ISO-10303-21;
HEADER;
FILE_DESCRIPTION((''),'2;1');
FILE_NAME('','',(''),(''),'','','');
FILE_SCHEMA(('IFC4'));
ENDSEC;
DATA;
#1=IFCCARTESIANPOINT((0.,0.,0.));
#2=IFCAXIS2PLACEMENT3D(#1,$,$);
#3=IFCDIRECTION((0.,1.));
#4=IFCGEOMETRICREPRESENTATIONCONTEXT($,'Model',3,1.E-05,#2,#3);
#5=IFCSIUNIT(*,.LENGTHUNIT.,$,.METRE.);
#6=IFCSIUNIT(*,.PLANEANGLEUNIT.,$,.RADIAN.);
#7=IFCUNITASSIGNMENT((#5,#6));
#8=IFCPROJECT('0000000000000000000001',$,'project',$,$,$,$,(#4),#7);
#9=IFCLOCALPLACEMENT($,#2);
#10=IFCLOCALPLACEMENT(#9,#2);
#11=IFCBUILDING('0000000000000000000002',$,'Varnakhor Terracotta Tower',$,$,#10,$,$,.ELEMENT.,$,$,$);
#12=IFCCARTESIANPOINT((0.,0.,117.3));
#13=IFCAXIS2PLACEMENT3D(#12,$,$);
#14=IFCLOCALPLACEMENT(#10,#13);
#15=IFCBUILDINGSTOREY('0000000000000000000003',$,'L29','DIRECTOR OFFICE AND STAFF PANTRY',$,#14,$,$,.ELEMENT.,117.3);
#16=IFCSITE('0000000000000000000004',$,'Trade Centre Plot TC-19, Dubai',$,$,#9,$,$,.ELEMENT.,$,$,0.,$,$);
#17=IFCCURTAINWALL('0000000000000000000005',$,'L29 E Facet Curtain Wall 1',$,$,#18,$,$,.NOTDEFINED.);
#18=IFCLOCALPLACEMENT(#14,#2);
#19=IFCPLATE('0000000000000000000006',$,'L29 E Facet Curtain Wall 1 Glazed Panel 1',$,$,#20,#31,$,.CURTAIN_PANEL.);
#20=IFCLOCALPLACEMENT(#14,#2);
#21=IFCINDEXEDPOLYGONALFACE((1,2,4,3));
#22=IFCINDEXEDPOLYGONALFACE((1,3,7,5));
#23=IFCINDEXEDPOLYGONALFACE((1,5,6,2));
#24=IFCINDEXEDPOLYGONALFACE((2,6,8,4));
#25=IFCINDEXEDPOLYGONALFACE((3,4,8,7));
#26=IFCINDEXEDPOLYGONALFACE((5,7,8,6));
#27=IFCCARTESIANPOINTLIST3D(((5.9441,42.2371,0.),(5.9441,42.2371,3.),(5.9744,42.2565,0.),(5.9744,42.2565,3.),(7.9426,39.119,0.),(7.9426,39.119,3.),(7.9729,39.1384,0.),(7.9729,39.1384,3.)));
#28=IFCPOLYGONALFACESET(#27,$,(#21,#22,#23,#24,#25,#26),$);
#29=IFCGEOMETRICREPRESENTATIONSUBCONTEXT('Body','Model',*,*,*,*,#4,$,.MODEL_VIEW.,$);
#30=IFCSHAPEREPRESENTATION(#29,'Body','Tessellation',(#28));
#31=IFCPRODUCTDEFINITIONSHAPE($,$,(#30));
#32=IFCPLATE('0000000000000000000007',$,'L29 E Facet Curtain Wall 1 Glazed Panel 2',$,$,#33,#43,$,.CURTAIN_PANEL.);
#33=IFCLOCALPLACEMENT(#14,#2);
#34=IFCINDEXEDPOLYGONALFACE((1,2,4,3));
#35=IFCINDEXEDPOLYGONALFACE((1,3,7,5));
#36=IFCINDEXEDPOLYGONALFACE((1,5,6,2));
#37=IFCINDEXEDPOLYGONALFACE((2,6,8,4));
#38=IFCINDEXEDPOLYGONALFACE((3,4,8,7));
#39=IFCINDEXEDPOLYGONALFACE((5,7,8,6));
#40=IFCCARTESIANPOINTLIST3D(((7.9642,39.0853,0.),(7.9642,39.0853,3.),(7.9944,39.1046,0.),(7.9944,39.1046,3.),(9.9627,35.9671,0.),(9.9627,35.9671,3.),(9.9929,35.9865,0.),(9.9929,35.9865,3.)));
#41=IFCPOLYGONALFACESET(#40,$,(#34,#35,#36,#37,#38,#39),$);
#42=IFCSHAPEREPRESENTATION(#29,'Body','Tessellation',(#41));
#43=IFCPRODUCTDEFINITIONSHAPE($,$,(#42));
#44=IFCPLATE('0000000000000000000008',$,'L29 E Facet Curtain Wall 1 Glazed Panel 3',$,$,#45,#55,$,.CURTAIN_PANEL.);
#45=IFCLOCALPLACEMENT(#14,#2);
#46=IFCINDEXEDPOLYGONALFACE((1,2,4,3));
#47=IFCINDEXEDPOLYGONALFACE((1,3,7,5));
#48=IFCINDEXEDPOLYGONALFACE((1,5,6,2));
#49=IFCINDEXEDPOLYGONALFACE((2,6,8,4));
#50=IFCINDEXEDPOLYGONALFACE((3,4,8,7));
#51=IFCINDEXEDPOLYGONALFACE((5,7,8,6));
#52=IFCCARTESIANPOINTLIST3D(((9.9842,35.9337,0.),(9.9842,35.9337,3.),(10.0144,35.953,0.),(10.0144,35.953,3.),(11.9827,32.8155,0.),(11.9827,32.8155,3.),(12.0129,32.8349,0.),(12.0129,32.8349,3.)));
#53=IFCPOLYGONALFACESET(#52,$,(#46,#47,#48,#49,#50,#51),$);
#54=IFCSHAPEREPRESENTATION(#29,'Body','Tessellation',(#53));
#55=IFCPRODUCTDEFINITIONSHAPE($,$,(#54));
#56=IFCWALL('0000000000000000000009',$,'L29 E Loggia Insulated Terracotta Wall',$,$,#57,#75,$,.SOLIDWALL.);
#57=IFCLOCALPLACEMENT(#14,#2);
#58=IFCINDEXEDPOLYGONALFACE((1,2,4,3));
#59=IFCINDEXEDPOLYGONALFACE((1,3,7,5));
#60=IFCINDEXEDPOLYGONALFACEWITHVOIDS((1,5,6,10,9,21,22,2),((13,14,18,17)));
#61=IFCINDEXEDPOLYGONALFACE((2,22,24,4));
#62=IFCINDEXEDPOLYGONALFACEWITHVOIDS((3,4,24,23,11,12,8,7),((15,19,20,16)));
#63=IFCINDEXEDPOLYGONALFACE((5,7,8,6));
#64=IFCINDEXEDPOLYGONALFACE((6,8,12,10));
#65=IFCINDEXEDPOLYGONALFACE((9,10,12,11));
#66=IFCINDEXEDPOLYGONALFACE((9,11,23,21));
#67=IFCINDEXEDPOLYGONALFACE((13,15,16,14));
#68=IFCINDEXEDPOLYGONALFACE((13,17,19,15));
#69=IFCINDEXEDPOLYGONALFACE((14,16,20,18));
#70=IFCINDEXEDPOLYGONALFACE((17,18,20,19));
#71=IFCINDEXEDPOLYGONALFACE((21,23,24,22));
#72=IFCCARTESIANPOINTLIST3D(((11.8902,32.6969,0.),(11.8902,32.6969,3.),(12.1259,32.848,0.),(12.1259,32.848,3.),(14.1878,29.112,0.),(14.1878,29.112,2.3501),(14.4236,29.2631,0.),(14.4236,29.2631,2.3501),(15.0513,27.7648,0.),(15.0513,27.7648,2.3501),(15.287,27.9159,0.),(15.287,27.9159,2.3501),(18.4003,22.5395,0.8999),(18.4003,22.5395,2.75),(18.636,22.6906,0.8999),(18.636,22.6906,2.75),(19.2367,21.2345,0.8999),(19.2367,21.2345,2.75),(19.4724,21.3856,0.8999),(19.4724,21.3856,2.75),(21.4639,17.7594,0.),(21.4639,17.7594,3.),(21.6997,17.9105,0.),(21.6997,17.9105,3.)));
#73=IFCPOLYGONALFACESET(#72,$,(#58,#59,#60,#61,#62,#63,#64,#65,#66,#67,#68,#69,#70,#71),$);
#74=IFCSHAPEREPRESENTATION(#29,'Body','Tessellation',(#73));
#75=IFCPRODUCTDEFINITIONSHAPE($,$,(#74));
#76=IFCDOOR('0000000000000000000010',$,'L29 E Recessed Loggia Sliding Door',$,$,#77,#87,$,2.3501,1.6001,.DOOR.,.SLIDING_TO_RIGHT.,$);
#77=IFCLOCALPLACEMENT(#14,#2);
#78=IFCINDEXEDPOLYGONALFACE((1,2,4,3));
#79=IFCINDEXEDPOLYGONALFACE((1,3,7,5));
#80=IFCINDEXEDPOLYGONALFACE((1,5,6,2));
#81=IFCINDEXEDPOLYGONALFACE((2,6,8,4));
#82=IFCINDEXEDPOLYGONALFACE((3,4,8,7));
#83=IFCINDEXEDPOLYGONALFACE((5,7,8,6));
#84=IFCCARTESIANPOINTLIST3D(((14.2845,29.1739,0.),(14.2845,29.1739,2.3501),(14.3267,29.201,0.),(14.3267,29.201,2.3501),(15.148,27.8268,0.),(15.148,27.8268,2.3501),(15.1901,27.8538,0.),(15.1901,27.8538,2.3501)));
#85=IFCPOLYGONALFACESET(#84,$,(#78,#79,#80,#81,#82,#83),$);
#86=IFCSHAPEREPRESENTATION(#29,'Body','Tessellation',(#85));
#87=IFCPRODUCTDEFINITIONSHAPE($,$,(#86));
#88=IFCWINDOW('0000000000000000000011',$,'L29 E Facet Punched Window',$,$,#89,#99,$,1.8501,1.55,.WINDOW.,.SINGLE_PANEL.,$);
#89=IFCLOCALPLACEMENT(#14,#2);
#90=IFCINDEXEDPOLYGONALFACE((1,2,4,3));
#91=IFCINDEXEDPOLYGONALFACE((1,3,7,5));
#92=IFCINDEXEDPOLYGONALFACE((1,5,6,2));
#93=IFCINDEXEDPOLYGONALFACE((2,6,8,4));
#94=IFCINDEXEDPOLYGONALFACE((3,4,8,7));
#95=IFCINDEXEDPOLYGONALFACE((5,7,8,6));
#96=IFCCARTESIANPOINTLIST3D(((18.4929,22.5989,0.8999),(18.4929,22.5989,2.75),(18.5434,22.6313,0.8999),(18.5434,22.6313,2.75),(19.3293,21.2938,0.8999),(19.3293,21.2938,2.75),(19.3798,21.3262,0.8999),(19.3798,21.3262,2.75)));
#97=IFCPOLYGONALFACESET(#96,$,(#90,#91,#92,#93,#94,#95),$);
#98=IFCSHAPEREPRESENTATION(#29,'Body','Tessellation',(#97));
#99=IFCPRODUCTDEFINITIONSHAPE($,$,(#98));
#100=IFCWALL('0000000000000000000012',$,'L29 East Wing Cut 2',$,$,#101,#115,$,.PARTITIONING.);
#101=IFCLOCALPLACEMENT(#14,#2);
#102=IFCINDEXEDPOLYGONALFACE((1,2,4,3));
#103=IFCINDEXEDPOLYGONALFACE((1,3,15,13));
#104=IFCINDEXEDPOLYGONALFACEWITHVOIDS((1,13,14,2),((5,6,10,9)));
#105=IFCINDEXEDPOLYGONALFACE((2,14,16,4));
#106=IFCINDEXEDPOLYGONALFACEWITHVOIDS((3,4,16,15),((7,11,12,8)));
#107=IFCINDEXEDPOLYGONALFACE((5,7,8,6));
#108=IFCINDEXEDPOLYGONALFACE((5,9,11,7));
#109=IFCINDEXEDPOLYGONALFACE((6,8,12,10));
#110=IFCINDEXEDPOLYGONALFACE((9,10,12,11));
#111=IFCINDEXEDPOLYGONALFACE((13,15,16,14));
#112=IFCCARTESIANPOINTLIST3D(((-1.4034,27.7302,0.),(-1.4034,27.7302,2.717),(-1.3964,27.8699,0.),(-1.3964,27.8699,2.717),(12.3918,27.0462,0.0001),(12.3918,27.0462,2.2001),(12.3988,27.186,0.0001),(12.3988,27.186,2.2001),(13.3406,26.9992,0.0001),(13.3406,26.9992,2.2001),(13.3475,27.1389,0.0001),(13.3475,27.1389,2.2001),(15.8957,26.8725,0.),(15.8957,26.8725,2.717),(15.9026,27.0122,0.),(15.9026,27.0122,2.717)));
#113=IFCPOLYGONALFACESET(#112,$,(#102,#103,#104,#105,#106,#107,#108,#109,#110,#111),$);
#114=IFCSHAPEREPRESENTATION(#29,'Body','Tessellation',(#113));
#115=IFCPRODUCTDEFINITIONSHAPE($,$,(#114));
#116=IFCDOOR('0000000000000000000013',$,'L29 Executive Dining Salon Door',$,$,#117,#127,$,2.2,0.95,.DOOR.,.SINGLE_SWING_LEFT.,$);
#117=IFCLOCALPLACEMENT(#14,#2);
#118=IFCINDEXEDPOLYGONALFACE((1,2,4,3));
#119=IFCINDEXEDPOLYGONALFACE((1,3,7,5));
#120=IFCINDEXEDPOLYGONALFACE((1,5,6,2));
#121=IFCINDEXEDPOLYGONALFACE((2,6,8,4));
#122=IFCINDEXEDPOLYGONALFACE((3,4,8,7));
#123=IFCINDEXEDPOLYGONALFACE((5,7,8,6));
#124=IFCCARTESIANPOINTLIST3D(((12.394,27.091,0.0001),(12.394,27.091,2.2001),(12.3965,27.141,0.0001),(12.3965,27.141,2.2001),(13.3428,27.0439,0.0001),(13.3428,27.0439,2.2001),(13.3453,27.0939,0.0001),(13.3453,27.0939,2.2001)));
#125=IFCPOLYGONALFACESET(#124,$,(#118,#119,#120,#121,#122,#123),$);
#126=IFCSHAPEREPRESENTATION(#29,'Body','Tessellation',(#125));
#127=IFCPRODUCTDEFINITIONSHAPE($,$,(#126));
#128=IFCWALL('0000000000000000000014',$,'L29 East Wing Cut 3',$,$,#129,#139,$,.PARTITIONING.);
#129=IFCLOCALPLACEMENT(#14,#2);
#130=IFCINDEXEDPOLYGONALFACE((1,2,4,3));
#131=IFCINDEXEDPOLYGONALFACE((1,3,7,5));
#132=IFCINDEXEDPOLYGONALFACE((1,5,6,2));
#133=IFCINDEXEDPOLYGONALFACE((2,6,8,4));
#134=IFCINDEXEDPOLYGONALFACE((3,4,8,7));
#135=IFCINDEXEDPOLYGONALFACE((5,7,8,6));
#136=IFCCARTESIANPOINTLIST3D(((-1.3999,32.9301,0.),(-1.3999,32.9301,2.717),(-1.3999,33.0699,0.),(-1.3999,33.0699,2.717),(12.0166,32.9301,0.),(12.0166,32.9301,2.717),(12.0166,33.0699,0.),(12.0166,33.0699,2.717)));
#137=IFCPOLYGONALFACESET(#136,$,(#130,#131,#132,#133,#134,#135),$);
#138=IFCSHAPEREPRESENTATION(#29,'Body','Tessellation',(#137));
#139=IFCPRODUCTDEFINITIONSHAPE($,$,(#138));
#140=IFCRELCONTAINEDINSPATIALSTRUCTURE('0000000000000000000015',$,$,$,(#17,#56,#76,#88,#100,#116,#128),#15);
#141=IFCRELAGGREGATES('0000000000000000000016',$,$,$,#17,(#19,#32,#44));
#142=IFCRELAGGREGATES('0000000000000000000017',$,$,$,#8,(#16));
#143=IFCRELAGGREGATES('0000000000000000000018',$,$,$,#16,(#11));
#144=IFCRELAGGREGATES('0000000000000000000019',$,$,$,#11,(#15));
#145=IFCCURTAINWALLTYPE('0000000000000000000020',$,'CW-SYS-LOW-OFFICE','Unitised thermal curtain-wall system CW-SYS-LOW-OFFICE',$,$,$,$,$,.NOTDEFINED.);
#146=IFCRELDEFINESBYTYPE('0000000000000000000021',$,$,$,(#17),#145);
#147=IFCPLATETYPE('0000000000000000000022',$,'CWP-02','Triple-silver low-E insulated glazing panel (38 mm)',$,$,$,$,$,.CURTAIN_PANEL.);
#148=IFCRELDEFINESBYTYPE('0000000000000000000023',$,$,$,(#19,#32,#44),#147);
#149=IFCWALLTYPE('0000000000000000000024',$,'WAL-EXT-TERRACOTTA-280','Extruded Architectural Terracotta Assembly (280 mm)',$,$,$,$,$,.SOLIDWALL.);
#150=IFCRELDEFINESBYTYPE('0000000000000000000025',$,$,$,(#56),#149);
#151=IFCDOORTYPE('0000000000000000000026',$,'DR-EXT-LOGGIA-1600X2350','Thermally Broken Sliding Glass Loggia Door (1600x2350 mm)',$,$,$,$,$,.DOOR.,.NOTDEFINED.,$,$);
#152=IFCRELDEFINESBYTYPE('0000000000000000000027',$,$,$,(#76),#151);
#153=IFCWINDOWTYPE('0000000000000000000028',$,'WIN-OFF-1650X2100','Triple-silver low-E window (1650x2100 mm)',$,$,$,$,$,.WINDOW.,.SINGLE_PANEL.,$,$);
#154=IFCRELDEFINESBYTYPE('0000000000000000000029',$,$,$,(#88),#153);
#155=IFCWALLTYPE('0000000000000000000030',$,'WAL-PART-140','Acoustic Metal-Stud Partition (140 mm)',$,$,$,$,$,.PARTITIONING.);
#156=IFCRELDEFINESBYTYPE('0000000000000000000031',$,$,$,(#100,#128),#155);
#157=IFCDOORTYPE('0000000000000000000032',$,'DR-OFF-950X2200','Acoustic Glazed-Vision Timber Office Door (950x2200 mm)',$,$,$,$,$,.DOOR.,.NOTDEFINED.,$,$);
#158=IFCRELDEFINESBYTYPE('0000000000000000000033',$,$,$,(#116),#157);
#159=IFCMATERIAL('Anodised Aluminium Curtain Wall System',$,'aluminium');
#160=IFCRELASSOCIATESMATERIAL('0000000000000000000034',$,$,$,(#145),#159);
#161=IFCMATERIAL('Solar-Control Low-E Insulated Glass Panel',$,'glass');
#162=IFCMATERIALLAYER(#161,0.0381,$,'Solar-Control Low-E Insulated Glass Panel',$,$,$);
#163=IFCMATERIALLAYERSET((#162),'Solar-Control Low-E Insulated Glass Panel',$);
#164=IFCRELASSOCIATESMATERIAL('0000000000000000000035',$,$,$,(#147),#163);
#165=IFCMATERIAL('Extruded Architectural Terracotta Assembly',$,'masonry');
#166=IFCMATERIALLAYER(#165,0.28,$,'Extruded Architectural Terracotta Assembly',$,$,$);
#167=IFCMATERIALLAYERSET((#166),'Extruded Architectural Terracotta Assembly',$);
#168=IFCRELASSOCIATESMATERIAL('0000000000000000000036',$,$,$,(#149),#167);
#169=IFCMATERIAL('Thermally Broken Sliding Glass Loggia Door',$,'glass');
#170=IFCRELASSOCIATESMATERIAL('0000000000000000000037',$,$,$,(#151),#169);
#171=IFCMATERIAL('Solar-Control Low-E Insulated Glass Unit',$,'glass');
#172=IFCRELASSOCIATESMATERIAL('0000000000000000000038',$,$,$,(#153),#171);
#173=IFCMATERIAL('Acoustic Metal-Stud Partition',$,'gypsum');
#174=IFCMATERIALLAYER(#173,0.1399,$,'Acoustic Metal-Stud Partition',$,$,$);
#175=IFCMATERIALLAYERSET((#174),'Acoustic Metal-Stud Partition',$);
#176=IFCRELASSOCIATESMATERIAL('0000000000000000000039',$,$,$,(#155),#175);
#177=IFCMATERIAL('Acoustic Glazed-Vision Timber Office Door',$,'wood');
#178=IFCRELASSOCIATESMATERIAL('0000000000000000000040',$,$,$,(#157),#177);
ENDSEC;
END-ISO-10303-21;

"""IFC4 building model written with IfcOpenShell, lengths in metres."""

from ifc_helpers import new_model, si_unit, direction, frame, frame_2d, origin, origin_2d, place, context, subcontext, project, spatial, rectangle, extrude, source, transform, mapped, material, layer, layer_set, type_object, type_shapes, element, fill, aggregate, save


model = new_model("IFC4")

# Units and contexts
model_context = context("Model", 3, precision=1e-05, world=origin(), true_north=direction((0.0, 1.0)))
body_context = subcontext(model_context, "Body", "Model", "MODEL_VIEW")
ifc_project = project(units=[si_unit("LENGTHUNIT", "METRE"), si_unit("PLANEANGLEUNIT", "RADIAN")], contexts=[model_context])

# Site, building, storey
site_placement = place(None, origin())
site = spatial("IfcSite", under=ifc_project, at=site_placement, Name="Trade Centre Plot TC-19, Dubai", CompositionType="ELEMENT", RefElevation=0.0)
building_placement = place(site_placement, origin())
building = spatial("IfcBuilding", under=site, at=building_placement, Name="Varnakhor Terracotta Tower", CompositionType="ELEMENT")
storey_placement = place(building_placement, frame((0.0, 0.0, 117.3)))
storey = spatial("IfcBuildingStorey", under=building, at=storey_placement, Name="L29", Description="DIRECTOR OFFICE AND STAFF PANTRY", CompositionType="ELEMENT", Elevation=117.3)

# Curtain wall
ifc_material_1 = material(Name="Anodised Aluminium Curtain Wall System", Category="aluminium")
curtain_wall_type = type_object("IfcCurtainWallType", Name="CW-SYS-LOW-OFFICE", Description="Unitised thermal curtain-wall system CW-SYS-LOW-OFFICE", PredefinedType="NOTDEFINED", material=ifc_material_1)
curtain_wall_1_placement = place(storey_placement, origin())
curtain_wall_1 = element("IfcCurtainWall", 1, at=curtain_wall_1_placement, inside=storey, type_object=curtain_wall_type, Name="L29 E Facet Curtain Wall 1", PredefinedType="NOTDEFINED")

# Plates
ifc_material_2 = material(Name="Solar-Control Low-E Insulated Glass Panel", Category="glass")
ifc_layer_1 = layer(ifc_material_2, 0.0381, Name="Solar-Control Low-E Insulated Glass Panel")
ifc_layer_set_1 = layer_set([ifc_layer_1], Name="Solar-Control Low-E Insulated Glass Panel")
plate_type = type_object("IfcPlateType", Name="CWP-02", Description="Triple-silver low-E insulated glazing panel (38 mm)", PredefinedType="CURTAIN_PANEL", material=ifc_layer_set_1)
shared_shape_1 = source(origin(), body_context, "Body", "SweptSolid", [
    extrude(rectangle(XDim=3.7036, YDim=0.0359, at=origin_2d()), origin(), (0.0, 0.0, 1.0), 3.0),
])
plate_1_placement = place(storey_placement, frame((6.9585, 40.6877, 0.0), z_axis=(0.0, 0.0, 1.0), x_axis=(0.539609, -0.841916, 0.0)))
plate_1 = element("IfcPlate", 2, at=plate_1_placement, type_object=plate_type, Name="L29 E Facet Curtain Wall 1 Glazed Panel 1", PredefinedType="CURTAIN_PANEL", context=body_context, shape_type="MappedRepresentation", body=[
    mapped(shared_shape_1, transform((0.0, 0.0, 0.0), scale=1.0)),
])
plate_2_placement = place(storey_placement, frame((8.9785, 37.5359, 0.0), z_axis=(0.0, 0.0, 1.0), x_axis=(0.539609, -0.841916, 0.0)))
plate_2 = element("IfcPlate", 3, at=plate_2_placement, type_object=plate_type, Name="L29 E Facet Curtain Wall 1 Glazed Panel 2", PredefinedType="CURTAIN_PANEL", context=body_context, shape_type="MappedRepresentation", body=[
    mapped(shared_shape_1, transform((0.0, 0.0, 0.0), scale=1.0)),
])
plate_3_placement = place(storey_placement, frame((10.9985, 34.3843, 0.0), z_axis=(0.0, 0.0, 1.0), x_axis=(0.539609, -0.841916, 0.0)))
plate_3 = element("IfcPlate", 4, at=plate_3_placement, type_object=plate_type, Name="L29 E Facet Curtain Wall 1 Glazed Panel 3", PredefinedType="CURTAIN_PANEL", context=body_context, shape_type="MappedRepresentation", body=[
    mapped(shared_shape_1, transform((0.0, 0.0, 0.0), scale=1.0)),
])
aggregate(curtain_wall_1, [plate_1, plate_2, plate_3])

# Wall, openings, door, window
ifc_material_3 = material(Name="Extruded Architectural Terracotta Assembly", Category="masonry")
ifc_layer_2 = layer(ifc_material_3, 0.28, Name="Extruded Architectural Terracotta Assembly")
ifc_layer_set_2 = layer_set([ifc_layer_2], Name="Extruded Architectural Terracotta Assembly")
wall_type_1 = type_object("IfcWallType", Name="WAL-EXT-TERRACOTTA-280", Description="Extruded Architectural Terracotta Assembly (280 mm)", PredefinedType="SOLIDWALL", material=ifc_layer_set_2)
wall_1_placement = place(storey_placement, frame((12.0081, 32.7725, 0.0), z_axis=(0.0, 0.0, 1.0), x_axis=(0.539603, -0.84192, 0.0)))
wall_1 = element("IfcWall", 5, at=wall_1_placement, inside=storey, type_object=wall_type_1, Name="L29 E Loggia Insulated Terracotta Wall", PredefinedType="SOLIDWALL", context=body_context, shape_type="SweptSolid", body=[
    extrude(rectangle(XDim=17.7422, YDim=0.28, at=frame_2d((8.8711, 0.0))), origin(), (0.0, 0.0, 1.0), 3.0),
])
opening_1_placement = place(wall_1_placement, frame((4.2581, 0.0, 0.0)))
opening_1 = element("IfcOpeningElement", 6, at=opening_1_placement, cuts=wall_1, PredefinedType="OPENING", context=body_context, shape_type="SweptSolid", body=[
    extrude(rectangle(XDim=1.6001, YDim=2.3501, at=frame_2d((0.8, 1.175))), frame((0.0, 0.1499, 0.0), z_axis=(0.0, -1.0, 0.0), x_axis=(1.0, 0.0, 0.0)), (0.0, 0.0, 1.0), 0.3),
])
opening_2_placement = place(wall_1_placement, frame((12.0647, 0.0, 0.8999)))
opening_2 = element("IfcOpeningElement", 7, at=opening_2_placement, cuts=wall_1, PredefinedType="OPENING", context=body_context, shape_type="SweptSolid", body=[
    extrude(rectangle(XDim=1.55, YDim=1.8501, at=frame_2d((0.7749, 0.925))), frame((0.0, 0.1499, 0.0), z_axis=(0.0, -1.0, 0.0), x_axis=(1.0, 0.0, 0.0)), (0.0, 0.0, 1.0), 0.3),
])
ifc_material_4 = material(Name="Thermally Broken Sliding Glass Loggia Door", Category="glass")
door_type_1 = type_object("IfcDoorType", Name="DR-EXT-LOGGIA-1600X2350", Description="Thermally Broken Sliding Glass Loggia Door (1600x2350 mm)", OperationType="NOTDEFINED", PredefinedType="DOOR", material=ifc_material_4)
shared_shape_2 = source(origin(), body_context, "Body", "SweptSolid", [
    extrude(rectangle(XDim=1.6001, YDim=2.3501, at=frame_2d((0.8, 1.175))), frame((0.0, 0.0249, 0.0), z_axis=(0.0, -1.0, 0.0), x_axis=(1.0, 0.0, 0.0)), (0.0, 0.0, 1.0), 0.05),
])
type_shapes(door_type_1, [shared_shape_2])
door_1_placement = place(opening_1_placement, origin())
door_1 = element("IfcDoor", 8, at=door_1_placement, inside=storey, type_object=door_type_1, Name="L29 E Recessed Loggia Sliding Door", OperationType="SLIDING_TO_RIGHT", OverallHeight=2.3501, OverallWidth=1.6001, PredefinedType="DOOR", context=body_context, shape_type="MappedRepresentation", body=[
    mapped(shared_shape_2, transform((0.0, 0.0, 0.0), scale=1.0)),
])
fill(opening_1, door_1)
ifc_material_5 = material(Name="Solar-Control Low-E Insulated Glass Unit", Category="glass")
window_type = type_object("IfcWindowType", Name="WIN-OFF-1650X2100", Description="Triple-silver low-E window (1650x2100 mm)", PartitioningType="SINGLE_PANEL", PredefinedType="WINDOW", material=ifc_material_5)
shared_shape_3 = source(origin(), body_context, "Body", "SweptSolid", [
    extrude(rectangle(XDim=1.55, YDim=1.8501, at=frame_2d((0.7749, 0.925))), frame((0.0, 0.03, 0.0), z_axis=(0.0, -1.0, 0.0), x_axis=(1.0, 0.0, 0.0)), (0.0, 0.0, 1.0), 0.0601),
])
type_shapes(window_type, [shared_shape_3])
window_placement = place(opening_2_placement, origin())
window = element("IfcWindow", 9, at=window_placement, inside=storey, type_object=window_type, Name="L29 E Facet Punched Window", OverallHeight=1.8501, OverallWidth=1.55, PartitioningType="SINGLE_PANEL", PredefinedType="WINDOW", context=body_context, shape_type="MappedRepresentation", body=[
    mapped(shared_shape_3, transform((0.0, 0.0, 0.0), scale=1.0)),
])
fill(opening_2, window)

# Wall, opening, door
ifc_material_6 = material(Name="Acoustic Metal-Stud Partition", Category="gypsum")
ifc_layer_3 = layer(ifc_material_6, 0.1399, Name="Acoustic Metal-Stud Partition")
ifc_layer_set_3 = layer_set([ifc_layer_3], Name="Acoustic Metal-Stud Partition")
wall_type_2 = type_object("IfcWallType", Name="WAL-PART-140", Description="Acoustic Metal-Stud Partition (140 mm)", PredefinedType="PARTITIONING", material=ifc_layer_set_3)
wall_2_placement = place(storey_placement, frame((-1.3999, 27.8, 0.0), z_axis=(0.0, 0.0, 1.0), x_axis=(0.998773, -0.049518, 0.0)))
wall_2 = element("IfcWall", 10, at=wall_2_placement, inside=storey, type_object=wall_type_2, Name="L29 East Wing Cut 2", PredefinedType="PARTITIONING", context=body_context, shape_type="SweptSolid", body=[
    extrude(rectangle(XDim=17.3203, YDim=0.1399, at=frame_2d((8.6602, 0.0))), origin(), (0.0, 0.0, 1.0), 2.717),
])
opening_3_placement = place(wall_2_placement, frame((13.812, 0.0, 0.0)))
opening_3 = element("IfcOpeningElement", 11, at=opening_3_placement, cuts=wall_2, PredefinedType="OPENING", context=body_context, shape_type="SweptSolid", body=[
    extrude(rectangle(XDim=0.95, YDim=2.2, at=frame_2d((0.4751, 1.1001))), frame((0.0, 0.0801, 0.0), z_axis=(0.0, -1.0, 0.0), x_axis=(1.0, 0.0, 0.0)), (0.0, 0.0, 1.0), 0.1599),
])
ifc_material_7 = material(Name="Acoustic Glazed-Vision Timber Office Door", Category="wood")
door_type_2 = type_object("IfcDoorType", Name="DR-OFF-950X2200", Description="Acoustic Glazed-Vision Timber Office Door (950x2200 mm)", OperationType="NOTDEFINED", PredefinedType="DOOR", material=ifc_material_7)
shared_shape_4 = source(origin(), body_context, "Body", "SweptSolid", [
    extrude(rectangle(XDim=0.95, YDim=2.2, at=frame_2d((0.4751, 1.1001))), frame((0.0, 0.0249, 0.0), z_axis=(0.0, -1.0, 0.0), x_axis=(1.0, 0.0, 0.0)), (0.0, 0.0, 1.0), 0.05),
])
type_shapes(door_type_2, [shared_shape_4])
door_2_placement = place(opening_3_placement, origin())
door_2 = element("IfcDoor", 12, at=door_2_placement, inside=storey, type_object=door_type_2, Name="L29 Executive Dining Salon Door", OperationType="SINGLE_SWING_LEFT", OverallHeight=2.2, OverallWidth=0.95, PredefinedType="DOOR", context=body_context, shape_type="MappedRepresentation", body=[
    mapped(shared_shape_4, transform((0.0, 0.0, 0.0), scale=1.0)),
])
fill(opening_3, door_2)

# Wall
wall_3_placement = place(storey_placement, frame((-1.3999, 33.0, 0.0), z_axis=(0.0, 0.0, 1.0), x_axis=(1.0, 0.0, 0.0)))
element("IfcWall", 13, at=wall_3_placement, inside=storey, type_object=wall_type_2, Name="L29 East Wing Cut 3", PredefinedType="PARTITIONING", context=body_context, shape_type="SweptSolid", body=[
    extrude(rectangle(XDim=13.4165, YDim=0.1399, at=frame_2d((6.7083, 0.0))), origin(), (0.0, 0.0, 1.0), 2.717),
])

save(model, "model.ifc")
